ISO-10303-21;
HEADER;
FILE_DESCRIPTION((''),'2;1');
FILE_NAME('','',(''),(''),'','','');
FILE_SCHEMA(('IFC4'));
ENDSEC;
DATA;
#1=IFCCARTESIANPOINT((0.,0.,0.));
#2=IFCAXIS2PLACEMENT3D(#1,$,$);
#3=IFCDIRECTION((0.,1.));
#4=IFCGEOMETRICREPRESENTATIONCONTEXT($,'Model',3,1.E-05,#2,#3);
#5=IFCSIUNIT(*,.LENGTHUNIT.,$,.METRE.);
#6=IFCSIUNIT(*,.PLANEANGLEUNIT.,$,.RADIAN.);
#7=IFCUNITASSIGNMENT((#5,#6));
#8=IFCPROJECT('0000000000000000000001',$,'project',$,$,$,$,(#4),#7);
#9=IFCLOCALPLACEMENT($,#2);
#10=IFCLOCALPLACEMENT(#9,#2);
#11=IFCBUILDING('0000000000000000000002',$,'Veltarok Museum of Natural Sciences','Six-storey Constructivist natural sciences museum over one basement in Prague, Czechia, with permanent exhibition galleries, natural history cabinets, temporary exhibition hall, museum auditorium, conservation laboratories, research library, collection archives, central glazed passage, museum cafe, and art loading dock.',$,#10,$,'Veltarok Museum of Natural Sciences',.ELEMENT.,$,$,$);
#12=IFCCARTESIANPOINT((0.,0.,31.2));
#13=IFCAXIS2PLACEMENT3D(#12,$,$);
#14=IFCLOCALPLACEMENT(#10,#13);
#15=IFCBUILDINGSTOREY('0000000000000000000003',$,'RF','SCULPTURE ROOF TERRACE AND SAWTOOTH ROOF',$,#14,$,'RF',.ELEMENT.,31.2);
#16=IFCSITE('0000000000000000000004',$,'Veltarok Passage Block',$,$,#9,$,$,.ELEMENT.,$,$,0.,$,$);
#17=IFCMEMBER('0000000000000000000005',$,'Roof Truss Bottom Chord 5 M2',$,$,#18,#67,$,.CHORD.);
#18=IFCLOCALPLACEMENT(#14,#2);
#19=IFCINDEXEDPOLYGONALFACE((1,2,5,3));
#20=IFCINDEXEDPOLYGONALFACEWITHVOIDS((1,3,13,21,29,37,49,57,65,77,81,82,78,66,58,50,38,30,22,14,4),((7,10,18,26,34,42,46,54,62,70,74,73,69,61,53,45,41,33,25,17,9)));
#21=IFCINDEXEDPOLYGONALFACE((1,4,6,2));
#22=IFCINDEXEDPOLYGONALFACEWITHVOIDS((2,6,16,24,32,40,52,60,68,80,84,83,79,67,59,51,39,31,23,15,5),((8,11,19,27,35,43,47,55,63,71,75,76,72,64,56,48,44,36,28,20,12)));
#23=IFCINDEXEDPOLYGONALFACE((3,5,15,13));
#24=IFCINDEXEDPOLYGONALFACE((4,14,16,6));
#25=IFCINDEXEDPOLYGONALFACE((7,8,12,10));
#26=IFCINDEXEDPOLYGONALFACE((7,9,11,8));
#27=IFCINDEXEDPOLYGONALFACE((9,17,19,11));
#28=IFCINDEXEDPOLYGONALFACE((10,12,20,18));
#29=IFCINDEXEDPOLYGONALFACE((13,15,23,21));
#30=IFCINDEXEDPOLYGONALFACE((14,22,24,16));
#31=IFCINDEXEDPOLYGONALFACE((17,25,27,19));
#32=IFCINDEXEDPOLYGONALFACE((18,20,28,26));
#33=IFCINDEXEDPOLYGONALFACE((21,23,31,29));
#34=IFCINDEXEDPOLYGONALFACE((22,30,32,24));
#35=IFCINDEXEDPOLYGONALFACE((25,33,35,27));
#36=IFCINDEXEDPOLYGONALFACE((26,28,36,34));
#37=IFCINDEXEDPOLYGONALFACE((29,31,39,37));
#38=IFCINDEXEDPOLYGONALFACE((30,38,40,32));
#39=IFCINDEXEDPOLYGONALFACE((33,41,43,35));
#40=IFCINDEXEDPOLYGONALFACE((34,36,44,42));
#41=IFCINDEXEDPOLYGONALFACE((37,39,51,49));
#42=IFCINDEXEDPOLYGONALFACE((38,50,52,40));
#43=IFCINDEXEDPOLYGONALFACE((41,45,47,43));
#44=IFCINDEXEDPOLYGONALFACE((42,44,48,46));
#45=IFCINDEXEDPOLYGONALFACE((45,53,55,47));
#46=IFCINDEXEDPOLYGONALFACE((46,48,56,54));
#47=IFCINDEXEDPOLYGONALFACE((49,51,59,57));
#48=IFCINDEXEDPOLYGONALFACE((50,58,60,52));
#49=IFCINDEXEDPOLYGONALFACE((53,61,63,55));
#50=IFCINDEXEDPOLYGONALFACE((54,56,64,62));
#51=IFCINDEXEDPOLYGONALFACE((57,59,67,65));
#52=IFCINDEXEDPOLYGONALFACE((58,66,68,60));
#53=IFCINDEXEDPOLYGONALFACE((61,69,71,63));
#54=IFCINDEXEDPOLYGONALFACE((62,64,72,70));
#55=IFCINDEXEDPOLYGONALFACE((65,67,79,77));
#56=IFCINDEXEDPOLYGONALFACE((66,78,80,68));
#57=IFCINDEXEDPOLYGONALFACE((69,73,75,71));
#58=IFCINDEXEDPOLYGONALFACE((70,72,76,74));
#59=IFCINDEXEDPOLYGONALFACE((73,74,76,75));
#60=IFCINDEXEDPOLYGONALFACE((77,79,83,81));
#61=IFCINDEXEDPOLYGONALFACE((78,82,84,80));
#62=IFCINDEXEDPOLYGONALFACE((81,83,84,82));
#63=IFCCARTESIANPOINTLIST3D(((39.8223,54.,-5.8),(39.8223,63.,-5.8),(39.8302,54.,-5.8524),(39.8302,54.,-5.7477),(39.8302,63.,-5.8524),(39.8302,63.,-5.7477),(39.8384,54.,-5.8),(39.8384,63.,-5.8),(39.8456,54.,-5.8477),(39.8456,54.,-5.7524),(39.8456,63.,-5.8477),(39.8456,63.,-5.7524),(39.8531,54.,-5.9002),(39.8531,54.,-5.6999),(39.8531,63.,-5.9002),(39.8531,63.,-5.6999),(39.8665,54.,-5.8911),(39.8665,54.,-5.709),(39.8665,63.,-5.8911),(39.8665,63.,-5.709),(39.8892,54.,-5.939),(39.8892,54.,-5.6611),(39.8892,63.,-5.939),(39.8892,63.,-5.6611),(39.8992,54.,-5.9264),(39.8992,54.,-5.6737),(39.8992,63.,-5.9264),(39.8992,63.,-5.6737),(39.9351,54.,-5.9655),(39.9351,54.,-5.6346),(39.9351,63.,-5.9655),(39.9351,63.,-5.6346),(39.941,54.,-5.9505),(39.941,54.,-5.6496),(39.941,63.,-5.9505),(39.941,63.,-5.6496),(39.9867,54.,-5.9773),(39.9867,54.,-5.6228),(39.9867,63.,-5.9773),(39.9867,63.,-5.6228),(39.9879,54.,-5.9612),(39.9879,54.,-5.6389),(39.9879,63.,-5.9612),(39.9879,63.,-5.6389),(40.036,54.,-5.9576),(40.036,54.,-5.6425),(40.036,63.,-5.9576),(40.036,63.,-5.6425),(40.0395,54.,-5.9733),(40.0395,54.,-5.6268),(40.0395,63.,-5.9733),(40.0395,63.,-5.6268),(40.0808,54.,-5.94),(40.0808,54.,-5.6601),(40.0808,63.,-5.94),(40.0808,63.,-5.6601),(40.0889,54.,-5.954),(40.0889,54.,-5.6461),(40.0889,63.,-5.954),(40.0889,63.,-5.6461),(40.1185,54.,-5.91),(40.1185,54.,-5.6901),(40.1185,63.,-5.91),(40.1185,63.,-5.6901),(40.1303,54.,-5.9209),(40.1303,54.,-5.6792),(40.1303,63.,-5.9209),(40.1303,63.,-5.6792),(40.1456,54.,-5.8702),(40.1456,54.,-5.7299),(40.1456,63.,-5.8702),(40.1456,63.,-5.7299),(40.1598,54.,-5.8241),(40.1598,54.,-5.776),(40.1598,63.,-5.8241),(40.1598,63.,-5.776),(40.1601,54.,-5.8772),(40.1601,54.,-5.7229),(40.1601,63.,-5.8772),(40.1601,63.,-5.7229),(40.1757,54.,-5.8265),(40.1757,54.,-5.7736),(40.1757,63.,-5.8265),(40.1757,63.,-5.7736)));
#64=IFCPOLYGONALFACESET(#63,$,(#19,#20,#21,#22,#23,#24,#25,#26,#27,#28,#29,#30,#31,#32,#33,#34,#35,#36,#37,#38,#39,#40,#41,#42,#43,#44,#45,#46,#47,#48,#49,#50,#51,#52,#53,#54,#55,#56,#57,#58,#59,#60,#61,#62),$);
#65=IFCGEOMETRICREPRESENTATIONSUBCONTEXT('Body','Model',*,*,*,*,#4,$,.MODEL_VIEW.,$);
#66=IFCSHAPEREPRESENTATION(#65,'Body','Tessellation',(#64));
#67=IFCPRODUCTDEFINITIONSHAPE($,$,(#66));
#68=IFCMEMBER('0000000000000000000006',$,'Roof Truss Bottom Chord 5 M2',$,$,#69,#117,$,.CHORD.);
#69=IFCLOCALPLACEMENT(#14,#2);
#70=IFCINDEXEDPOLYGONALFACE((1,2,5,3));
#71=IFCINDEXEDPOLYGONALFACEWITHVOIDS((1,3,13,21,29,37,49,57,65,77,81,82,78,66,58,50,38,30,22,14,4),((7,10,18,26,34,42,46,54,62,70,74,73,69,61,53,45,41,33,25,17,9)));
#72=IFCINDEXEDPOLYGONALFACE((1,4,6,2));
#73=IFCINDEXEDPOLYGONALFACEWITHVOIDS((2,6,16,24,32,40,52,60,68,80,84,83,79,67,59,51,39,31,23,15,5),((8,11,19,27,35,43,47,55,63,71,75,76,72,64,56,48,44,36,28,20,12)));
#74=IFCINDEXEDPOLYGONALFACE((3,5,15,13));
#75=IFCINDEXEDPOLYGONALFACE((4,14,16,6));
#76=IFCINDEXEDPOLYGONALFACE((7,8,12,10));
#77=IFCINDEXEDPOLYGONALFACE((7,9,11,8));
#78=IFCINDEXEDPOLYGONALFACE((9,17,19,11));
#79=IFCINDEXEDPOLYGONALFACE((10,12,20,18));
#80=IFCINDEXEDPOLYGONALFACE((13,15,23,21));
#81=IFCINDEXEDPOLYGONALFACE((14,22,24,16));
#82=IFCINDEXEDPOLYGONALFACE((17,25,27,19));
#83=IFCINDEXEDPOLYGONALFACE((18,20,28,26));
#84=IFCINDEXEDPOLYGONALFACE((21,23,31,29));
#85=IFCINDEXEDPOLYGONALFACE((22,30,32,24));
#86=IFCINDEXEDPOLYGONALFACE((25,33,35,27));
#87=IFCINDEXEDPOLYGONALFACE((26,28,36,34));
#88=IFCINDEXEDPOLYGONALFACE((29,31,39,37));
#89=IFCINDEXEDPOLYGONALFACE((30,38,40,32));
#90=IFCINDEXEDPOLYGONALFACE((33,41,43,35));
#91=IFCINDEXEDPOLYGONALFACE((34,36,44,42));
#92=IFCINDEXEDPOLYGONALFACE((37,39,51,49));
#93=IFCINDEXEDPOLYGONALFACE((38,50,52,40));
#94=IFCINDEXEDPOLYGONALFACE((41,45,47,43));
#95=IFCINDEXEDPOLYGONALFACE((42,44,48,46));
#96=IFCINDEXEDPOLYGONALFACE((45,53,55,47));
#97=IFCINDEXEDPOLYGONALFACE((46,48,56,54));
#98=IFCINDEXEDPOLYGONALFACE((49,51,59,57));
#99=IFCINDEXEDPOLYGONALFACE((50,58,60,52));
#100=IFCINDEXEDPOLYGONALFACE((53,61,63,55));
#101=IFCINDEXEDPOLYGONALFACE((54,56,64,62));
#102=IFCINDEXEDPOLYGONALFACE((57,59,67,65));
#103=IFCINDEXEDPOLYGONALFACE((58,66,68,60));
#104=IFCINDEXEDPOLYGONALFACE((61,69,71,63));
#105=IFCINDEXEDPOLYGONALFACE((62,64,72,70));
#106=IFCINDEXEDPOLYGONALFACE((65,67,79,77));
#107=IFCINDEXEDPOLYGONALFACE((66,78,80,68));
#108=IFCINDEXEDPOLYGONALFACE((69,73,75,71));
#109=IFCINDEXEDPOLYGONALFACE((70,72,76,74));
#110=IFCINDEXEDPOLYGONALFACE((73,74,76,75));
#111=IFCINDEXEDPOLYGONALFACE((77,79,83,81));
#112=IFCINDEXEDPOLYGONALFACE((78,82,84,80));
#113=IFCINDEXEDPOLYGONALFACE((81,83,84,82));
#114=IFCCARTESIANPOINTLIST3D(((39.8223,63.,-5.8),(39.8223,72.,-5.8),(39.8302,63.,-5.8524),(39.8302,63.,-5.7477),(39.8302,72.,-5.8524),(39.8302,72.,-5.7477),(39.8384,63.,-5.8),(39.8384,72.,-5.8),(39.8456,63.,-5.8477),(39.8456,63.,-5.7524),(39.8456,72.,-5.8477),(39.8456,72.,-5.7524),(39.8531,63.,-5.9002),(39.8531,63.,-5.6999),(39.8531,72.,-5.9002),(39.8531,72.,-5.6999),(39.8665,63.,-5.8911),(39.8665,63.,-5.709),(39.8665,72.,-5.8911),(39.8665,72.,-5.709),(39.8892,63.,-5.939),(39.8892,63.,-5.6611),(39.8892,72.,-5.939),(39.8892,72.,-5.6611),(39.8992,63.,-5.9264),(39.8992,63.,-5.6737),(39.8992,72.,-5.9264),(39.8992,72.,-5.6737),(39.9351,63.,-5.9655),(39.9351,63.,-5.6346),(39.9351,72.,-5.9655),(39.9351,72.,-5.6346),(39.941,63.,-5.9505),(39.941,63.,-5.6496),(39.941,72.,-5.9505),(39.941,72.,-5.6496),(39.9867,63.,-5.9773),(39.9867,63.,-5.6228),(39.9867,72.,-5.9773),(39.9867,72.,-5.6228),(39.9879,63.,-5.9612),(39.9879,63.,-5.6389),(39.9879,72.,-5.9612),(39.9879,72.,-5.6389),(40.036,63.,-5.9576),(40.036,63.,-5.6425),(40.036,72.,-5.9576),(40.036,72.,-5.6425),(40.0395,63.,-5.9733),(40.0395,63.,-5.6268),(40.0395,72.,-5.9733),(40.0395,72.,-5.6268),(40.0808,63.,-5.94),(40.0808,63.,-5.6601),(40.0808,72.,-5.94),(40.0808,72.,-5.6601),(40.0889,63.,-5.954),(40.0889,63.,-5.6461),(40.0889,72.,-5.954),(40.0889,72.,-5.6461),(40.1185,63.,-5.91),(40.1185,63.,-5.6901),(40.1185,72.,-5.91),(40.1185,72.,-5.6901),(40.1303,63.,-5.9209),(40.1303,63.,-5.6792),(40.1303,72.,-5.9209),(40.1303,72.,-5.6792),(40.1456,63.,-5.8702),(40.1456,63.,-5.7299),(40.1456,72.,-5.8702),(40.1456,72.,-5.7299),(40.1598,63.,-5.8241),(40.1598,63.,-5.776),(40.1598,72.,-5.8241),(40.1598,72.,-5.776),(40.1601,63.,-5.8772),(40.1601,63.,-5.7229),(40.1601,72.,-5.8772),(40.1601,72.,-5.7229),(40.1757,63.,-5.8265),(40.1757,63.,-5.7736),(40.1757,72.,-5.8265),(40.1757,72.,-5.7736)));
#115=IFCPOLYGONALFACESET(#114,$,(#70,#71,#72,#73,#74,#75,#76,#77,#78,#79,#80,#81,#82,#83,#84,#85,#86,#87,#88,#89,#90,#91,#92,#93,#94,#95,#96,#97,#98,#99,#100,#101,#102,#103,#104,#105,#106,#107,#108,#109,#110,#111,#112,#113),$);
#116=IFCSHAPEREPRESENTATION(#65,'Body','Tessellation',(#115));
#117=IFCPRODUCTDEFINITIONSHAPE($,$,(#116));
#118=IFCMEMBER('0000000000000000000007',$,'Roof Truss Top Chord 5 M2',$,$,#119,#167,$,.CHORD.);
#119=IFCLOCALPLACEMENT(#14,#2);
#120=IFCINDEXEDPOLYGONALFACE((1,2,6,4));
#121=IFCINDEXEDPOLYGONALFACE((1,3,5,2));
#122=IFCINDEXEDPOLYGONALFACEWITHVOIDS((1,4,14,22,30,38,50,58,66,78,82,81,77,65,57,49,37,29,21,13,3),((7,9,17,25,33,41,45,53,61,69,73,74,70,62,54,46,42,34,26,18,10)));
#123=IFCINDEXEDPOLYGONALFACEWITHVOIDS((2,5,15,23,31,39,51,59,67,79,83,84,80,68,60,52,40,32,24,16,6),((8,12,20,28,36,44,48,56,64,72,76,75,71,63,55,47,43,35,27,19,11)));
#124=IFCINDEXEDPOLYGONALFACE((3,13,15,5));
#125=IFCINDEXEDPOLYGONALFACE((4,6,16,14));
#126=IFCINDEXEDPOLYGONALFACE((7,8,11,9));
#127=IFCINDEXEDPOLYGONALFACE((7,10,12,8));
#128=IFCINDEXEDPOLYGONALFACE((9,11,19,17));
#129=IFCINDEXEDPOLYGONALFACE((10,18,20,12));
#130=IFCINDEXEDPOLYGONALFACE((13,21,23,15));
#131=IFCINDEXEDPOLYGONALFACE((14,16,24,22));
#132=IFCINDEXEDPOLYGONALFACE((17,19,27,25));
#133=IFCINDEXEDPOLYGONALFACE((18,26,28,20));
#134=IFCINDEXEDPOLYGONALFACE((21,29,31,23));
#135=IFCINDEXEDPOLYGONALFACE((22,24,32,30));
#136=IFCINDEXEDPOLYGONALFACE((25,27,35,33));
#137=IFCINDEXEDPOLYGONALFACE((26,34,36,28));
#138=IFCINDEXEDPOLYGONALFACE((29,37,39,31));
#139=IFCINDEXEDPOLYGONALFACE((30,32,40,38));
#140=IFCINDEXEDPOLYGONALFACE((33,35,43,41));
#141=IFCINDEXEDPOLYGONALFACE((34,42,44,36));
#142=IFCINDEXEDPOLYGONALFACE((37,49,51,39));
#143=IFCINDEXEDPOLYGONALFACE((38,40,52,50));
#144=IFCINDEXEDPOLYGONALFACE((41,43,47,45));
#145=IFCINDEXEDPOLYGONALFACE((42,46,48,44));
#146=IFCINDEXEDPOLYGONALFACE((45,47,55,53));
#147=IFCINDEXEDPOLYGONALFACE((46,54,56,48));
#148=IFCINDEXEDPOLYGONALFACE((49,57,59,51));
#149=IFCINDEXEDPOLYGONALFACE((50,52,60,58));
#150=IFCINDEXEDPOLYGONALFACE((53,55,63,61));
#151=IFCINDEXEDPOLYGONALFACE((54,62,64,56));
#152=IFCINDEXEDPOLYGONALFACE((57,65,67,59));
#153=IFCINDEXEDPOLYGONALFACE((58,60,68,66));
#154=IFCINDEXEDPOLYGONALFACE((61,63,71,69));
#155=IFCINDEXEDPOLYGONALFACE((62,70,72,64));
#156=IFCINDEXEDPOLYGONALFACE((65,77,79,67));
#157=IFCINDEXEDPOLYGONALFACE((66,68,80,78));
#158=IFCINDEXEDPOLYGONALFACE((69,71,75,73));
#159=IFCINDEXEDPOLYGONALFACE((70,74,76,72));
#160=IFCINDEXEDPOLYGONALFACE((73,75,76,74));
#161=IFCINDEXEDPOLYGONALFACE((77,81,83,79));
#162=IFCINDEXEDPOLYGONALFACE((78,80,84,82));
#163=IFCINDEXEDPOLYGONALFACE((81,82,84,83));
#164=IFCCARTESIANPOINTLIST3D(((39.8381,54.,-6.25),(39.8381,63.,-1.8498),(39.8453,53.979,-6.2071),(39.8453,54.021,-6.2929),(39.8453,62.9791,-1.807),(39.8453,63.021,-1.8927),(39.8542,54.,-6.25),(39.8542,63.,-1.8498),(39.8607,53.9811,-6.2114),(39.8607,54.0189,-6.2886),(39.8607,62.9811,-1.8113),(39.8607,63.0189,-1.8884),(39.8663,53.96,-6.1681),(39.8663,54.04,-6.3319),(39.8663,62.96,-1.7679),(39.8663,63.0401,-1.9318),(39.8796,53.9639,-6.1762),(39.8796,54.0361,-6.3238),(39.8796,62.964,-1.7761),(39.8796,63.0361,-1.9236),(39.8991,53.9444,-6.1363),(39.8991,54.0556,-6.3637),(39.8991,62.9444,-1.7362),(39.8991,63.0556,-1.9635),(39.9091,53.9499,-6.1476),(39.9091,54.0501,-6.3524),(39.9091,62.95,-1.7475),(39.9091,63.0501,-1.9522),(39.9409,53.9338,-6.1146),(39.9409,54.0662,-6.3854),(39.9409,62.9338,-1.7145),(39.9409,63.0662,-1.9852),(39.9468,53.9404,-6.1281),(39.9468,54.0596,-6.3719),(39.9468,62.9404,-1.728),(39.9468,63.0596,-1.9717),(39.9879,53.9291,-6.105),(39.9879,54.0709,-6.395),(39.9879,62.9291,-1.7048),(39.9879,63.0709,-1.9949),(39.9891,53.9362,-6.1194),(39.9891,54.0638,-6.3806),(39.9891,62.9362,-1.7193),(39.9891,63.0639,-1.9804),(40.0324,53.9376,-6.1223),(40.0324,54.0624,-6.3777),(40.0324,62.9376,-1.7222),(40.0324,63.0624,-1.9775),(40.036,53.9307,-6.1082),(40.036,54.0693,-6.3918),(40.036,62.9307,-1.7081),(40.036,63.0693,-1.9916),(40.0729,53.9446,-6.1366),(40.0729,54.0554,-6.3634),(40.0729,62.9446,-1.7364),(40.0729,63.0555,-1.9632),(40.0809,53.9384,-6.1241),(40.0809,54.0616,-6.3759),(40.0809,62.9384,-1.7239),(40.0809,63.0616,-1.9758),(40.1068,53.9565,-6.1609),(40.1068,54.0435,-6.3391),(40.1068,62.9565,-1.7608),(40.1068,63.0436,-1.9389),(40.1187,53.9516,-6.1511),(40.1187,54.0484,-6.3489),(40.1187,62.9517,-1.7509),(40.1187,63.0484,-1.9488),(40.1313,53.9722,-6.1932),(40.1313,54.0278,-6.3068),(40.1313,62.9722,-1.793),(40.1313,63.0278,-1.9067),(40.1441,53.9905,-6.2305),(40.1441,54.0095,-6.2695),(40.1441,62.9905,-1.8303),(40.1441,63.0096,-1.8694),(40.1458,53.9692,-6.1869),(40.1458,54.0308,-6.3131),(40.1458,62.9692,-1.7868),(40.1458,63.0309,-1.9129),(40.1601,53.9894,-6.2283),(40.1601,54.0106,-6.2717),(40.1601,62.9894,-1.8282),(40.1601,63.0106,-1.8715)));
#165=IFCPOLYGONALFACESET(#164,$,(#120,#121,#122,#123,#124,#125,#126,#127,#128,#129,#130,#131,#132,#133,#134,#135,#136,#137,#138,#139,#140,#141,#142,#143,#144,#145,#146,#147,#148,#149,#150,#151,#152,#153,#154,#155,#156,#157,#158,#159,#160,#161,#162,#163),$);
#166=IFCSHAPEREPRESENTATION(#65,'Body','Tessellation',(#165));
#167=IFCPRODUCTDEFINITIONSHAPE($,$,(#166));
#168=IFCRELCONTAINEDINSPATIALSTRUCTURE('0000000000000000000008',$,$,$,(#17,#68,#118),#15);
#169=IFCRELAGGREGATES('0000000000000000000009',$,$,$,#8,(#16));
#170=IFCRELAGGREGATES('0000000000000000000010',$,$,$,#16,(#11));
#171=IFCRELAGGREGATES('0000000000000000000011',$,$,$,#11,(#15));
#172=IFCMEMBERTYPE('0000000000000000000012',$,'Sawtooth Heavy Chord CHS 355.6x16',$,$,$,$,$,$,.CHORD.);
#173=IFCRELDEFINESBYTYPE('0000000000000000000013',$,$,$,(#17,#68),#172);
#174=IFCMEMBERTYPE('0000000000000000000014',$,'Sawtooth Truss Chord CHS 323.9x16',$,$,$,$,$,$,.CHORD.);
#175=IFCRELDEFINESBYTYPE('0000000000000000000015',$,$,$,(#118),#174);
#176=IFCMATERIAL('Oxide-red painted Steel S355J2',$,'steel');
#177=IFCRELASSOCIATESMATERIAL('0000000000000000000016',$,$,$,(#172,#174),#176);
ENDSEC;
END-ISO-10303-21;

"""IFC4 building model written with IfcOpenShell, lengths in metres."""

from ifc_helpers import new_model, si_unit, direction, frame, origin, origin_2d, place, context, subcontext, project, spatial, hollow_circle, extrude, material, material_profile, profile_set, type_object, element, save


model = new_model("IFC4")

# Units and contexts
model_context = context("Model", 3, precision=1e-05, world=origin(), true_north=direction((0.0, 1.0)))
body_context = subcontext(model_context, "Body", "Model", "MODEL_VIEW")
ifc_project = project(units=[si_unit("LENGTHUNIT", "METRE"), si_unit("PLANEANGLEUNIT", "RADIAN")], contexts=[model_context])

# Site, building, storey
site_placement = place(None, origin())
site = spatial("IfcSite", under=ifc_project, at=site_placement, Name="Veltarok Passage Block", CompositionType="ELEMENT", RefElevation=0.0)
building_placement = place(site_placement, origin())
building = spatial("IfcBuilding", under=site, at=building_placement, Name="Veltarok Museum of Natural Sciences", Description="Six-storey Constructivist natural sciences museum over one basement in Prague, Czechia, with permanent exhibition galleries, natural history cabinets, temporary exhibition hall, museum auditorium, conservation laboratories, research library, collection archives, central glazed passage, museum cafe, and art loading dock.", LongName="Veltarok Museum of Natural Sciences", CompositionType="ELEMENT")
storey_placement = place(building_placement, frame((0.0, 0.0, 31.2)))
storey = spatial("IfcBuildingStorey", under=building, at=storey_placement, Name="RF", Description="SCULPTURE ROOF TERRACE AND SAWTOOTH ROOF", LongName="RF", CompositionType="ELEMENT", Elevation=31.2)

# Members
ifc_material_1 = material(Name="Oxide-red painted Steel S355J2", Category="steel")
ifc_material_profile_1 = material_profile(ifc_material_1, hollow_circle(Radius=0.1777, WallThickness=0.0161, at=origin_2d()), Name="CHS 355.6x16")
ifc_profile_set_1 = profile_set([ifc_material_profile_1], Name="Oxide-red painted Steel S355J2")
member_type_1 = type_object("IfcMemberType", Name="Sawtooth Heavy Chord CHS 355.6x16", PredefinedType="CHORD", material=ifc_profile_set_1)
for number, where, z_axis, x_axis, name in (
    (1, (40.0, 54.0, -5.8), (0.0, 1.0, 0.0), (-1.0, 0.0, 0.0), "Roof Truss Bottom Chord 5 M2"),
    (2, (40.0, 63.0, -5.8), (0.0, 1.0, 0.0), (-1.0, 0.0, 0.0), "Roof Truss Bottom Chord 5 M2"),
):
    element("IfcMember", number, at=place(storey_placement, frame(where, z_axis=z_axis, x_axis=x_axis)), inside=storey, type_object=member_type_1, Name=name, PredefinedType="CHORD", context=body_context, shape_type="SweptSolid", body=[
        extrude(hollow_circle(Radius=0.1777, WallThickness=0.0161, at=origin_2d()), origin(), (0.0, 0.0, 1.0), 9.0),
    ])
ifc_material_profile_2 = material_profile(ifc_material_1, hollow_circle(Radius=0.1619, WallThickness=0.0161, at=origin_2d()), Name="CHS 323.9x16")
ifc_profile_set_2 = profile_set([ifc_material_profile_2], Name="Oxide-red painted Steel S355J2")
member_type_2 = type_object("IfcMemberType", Name="Sawtooth Truss Chord CHS 323.9x16", PredefinedType="CHORD", material=ifc_profile_set_2)
member_1_placement = place(storey_placement, frame((40.0, 54.0, -6.25), z_axis=(0.0, 0.898379, 0.439222), x_axis=(-1.0, 0.0, 0.0)))
element("IfcMember", 3, at=member_1_placement, inside=storey, type_object=member_type_2, Name="Roof Truss Top Chord 5 M2", PredefinedType="CHORD", context=body_context, shape_type="SweptSolid", body=[
    extrude(hollow_circle(Radius=0.1619, WallThickness=0.0161, at=origin_2d()), origin(), (0.0, 0.0, 1.0), 10.0181),
])

save(model, "model.ifc")
